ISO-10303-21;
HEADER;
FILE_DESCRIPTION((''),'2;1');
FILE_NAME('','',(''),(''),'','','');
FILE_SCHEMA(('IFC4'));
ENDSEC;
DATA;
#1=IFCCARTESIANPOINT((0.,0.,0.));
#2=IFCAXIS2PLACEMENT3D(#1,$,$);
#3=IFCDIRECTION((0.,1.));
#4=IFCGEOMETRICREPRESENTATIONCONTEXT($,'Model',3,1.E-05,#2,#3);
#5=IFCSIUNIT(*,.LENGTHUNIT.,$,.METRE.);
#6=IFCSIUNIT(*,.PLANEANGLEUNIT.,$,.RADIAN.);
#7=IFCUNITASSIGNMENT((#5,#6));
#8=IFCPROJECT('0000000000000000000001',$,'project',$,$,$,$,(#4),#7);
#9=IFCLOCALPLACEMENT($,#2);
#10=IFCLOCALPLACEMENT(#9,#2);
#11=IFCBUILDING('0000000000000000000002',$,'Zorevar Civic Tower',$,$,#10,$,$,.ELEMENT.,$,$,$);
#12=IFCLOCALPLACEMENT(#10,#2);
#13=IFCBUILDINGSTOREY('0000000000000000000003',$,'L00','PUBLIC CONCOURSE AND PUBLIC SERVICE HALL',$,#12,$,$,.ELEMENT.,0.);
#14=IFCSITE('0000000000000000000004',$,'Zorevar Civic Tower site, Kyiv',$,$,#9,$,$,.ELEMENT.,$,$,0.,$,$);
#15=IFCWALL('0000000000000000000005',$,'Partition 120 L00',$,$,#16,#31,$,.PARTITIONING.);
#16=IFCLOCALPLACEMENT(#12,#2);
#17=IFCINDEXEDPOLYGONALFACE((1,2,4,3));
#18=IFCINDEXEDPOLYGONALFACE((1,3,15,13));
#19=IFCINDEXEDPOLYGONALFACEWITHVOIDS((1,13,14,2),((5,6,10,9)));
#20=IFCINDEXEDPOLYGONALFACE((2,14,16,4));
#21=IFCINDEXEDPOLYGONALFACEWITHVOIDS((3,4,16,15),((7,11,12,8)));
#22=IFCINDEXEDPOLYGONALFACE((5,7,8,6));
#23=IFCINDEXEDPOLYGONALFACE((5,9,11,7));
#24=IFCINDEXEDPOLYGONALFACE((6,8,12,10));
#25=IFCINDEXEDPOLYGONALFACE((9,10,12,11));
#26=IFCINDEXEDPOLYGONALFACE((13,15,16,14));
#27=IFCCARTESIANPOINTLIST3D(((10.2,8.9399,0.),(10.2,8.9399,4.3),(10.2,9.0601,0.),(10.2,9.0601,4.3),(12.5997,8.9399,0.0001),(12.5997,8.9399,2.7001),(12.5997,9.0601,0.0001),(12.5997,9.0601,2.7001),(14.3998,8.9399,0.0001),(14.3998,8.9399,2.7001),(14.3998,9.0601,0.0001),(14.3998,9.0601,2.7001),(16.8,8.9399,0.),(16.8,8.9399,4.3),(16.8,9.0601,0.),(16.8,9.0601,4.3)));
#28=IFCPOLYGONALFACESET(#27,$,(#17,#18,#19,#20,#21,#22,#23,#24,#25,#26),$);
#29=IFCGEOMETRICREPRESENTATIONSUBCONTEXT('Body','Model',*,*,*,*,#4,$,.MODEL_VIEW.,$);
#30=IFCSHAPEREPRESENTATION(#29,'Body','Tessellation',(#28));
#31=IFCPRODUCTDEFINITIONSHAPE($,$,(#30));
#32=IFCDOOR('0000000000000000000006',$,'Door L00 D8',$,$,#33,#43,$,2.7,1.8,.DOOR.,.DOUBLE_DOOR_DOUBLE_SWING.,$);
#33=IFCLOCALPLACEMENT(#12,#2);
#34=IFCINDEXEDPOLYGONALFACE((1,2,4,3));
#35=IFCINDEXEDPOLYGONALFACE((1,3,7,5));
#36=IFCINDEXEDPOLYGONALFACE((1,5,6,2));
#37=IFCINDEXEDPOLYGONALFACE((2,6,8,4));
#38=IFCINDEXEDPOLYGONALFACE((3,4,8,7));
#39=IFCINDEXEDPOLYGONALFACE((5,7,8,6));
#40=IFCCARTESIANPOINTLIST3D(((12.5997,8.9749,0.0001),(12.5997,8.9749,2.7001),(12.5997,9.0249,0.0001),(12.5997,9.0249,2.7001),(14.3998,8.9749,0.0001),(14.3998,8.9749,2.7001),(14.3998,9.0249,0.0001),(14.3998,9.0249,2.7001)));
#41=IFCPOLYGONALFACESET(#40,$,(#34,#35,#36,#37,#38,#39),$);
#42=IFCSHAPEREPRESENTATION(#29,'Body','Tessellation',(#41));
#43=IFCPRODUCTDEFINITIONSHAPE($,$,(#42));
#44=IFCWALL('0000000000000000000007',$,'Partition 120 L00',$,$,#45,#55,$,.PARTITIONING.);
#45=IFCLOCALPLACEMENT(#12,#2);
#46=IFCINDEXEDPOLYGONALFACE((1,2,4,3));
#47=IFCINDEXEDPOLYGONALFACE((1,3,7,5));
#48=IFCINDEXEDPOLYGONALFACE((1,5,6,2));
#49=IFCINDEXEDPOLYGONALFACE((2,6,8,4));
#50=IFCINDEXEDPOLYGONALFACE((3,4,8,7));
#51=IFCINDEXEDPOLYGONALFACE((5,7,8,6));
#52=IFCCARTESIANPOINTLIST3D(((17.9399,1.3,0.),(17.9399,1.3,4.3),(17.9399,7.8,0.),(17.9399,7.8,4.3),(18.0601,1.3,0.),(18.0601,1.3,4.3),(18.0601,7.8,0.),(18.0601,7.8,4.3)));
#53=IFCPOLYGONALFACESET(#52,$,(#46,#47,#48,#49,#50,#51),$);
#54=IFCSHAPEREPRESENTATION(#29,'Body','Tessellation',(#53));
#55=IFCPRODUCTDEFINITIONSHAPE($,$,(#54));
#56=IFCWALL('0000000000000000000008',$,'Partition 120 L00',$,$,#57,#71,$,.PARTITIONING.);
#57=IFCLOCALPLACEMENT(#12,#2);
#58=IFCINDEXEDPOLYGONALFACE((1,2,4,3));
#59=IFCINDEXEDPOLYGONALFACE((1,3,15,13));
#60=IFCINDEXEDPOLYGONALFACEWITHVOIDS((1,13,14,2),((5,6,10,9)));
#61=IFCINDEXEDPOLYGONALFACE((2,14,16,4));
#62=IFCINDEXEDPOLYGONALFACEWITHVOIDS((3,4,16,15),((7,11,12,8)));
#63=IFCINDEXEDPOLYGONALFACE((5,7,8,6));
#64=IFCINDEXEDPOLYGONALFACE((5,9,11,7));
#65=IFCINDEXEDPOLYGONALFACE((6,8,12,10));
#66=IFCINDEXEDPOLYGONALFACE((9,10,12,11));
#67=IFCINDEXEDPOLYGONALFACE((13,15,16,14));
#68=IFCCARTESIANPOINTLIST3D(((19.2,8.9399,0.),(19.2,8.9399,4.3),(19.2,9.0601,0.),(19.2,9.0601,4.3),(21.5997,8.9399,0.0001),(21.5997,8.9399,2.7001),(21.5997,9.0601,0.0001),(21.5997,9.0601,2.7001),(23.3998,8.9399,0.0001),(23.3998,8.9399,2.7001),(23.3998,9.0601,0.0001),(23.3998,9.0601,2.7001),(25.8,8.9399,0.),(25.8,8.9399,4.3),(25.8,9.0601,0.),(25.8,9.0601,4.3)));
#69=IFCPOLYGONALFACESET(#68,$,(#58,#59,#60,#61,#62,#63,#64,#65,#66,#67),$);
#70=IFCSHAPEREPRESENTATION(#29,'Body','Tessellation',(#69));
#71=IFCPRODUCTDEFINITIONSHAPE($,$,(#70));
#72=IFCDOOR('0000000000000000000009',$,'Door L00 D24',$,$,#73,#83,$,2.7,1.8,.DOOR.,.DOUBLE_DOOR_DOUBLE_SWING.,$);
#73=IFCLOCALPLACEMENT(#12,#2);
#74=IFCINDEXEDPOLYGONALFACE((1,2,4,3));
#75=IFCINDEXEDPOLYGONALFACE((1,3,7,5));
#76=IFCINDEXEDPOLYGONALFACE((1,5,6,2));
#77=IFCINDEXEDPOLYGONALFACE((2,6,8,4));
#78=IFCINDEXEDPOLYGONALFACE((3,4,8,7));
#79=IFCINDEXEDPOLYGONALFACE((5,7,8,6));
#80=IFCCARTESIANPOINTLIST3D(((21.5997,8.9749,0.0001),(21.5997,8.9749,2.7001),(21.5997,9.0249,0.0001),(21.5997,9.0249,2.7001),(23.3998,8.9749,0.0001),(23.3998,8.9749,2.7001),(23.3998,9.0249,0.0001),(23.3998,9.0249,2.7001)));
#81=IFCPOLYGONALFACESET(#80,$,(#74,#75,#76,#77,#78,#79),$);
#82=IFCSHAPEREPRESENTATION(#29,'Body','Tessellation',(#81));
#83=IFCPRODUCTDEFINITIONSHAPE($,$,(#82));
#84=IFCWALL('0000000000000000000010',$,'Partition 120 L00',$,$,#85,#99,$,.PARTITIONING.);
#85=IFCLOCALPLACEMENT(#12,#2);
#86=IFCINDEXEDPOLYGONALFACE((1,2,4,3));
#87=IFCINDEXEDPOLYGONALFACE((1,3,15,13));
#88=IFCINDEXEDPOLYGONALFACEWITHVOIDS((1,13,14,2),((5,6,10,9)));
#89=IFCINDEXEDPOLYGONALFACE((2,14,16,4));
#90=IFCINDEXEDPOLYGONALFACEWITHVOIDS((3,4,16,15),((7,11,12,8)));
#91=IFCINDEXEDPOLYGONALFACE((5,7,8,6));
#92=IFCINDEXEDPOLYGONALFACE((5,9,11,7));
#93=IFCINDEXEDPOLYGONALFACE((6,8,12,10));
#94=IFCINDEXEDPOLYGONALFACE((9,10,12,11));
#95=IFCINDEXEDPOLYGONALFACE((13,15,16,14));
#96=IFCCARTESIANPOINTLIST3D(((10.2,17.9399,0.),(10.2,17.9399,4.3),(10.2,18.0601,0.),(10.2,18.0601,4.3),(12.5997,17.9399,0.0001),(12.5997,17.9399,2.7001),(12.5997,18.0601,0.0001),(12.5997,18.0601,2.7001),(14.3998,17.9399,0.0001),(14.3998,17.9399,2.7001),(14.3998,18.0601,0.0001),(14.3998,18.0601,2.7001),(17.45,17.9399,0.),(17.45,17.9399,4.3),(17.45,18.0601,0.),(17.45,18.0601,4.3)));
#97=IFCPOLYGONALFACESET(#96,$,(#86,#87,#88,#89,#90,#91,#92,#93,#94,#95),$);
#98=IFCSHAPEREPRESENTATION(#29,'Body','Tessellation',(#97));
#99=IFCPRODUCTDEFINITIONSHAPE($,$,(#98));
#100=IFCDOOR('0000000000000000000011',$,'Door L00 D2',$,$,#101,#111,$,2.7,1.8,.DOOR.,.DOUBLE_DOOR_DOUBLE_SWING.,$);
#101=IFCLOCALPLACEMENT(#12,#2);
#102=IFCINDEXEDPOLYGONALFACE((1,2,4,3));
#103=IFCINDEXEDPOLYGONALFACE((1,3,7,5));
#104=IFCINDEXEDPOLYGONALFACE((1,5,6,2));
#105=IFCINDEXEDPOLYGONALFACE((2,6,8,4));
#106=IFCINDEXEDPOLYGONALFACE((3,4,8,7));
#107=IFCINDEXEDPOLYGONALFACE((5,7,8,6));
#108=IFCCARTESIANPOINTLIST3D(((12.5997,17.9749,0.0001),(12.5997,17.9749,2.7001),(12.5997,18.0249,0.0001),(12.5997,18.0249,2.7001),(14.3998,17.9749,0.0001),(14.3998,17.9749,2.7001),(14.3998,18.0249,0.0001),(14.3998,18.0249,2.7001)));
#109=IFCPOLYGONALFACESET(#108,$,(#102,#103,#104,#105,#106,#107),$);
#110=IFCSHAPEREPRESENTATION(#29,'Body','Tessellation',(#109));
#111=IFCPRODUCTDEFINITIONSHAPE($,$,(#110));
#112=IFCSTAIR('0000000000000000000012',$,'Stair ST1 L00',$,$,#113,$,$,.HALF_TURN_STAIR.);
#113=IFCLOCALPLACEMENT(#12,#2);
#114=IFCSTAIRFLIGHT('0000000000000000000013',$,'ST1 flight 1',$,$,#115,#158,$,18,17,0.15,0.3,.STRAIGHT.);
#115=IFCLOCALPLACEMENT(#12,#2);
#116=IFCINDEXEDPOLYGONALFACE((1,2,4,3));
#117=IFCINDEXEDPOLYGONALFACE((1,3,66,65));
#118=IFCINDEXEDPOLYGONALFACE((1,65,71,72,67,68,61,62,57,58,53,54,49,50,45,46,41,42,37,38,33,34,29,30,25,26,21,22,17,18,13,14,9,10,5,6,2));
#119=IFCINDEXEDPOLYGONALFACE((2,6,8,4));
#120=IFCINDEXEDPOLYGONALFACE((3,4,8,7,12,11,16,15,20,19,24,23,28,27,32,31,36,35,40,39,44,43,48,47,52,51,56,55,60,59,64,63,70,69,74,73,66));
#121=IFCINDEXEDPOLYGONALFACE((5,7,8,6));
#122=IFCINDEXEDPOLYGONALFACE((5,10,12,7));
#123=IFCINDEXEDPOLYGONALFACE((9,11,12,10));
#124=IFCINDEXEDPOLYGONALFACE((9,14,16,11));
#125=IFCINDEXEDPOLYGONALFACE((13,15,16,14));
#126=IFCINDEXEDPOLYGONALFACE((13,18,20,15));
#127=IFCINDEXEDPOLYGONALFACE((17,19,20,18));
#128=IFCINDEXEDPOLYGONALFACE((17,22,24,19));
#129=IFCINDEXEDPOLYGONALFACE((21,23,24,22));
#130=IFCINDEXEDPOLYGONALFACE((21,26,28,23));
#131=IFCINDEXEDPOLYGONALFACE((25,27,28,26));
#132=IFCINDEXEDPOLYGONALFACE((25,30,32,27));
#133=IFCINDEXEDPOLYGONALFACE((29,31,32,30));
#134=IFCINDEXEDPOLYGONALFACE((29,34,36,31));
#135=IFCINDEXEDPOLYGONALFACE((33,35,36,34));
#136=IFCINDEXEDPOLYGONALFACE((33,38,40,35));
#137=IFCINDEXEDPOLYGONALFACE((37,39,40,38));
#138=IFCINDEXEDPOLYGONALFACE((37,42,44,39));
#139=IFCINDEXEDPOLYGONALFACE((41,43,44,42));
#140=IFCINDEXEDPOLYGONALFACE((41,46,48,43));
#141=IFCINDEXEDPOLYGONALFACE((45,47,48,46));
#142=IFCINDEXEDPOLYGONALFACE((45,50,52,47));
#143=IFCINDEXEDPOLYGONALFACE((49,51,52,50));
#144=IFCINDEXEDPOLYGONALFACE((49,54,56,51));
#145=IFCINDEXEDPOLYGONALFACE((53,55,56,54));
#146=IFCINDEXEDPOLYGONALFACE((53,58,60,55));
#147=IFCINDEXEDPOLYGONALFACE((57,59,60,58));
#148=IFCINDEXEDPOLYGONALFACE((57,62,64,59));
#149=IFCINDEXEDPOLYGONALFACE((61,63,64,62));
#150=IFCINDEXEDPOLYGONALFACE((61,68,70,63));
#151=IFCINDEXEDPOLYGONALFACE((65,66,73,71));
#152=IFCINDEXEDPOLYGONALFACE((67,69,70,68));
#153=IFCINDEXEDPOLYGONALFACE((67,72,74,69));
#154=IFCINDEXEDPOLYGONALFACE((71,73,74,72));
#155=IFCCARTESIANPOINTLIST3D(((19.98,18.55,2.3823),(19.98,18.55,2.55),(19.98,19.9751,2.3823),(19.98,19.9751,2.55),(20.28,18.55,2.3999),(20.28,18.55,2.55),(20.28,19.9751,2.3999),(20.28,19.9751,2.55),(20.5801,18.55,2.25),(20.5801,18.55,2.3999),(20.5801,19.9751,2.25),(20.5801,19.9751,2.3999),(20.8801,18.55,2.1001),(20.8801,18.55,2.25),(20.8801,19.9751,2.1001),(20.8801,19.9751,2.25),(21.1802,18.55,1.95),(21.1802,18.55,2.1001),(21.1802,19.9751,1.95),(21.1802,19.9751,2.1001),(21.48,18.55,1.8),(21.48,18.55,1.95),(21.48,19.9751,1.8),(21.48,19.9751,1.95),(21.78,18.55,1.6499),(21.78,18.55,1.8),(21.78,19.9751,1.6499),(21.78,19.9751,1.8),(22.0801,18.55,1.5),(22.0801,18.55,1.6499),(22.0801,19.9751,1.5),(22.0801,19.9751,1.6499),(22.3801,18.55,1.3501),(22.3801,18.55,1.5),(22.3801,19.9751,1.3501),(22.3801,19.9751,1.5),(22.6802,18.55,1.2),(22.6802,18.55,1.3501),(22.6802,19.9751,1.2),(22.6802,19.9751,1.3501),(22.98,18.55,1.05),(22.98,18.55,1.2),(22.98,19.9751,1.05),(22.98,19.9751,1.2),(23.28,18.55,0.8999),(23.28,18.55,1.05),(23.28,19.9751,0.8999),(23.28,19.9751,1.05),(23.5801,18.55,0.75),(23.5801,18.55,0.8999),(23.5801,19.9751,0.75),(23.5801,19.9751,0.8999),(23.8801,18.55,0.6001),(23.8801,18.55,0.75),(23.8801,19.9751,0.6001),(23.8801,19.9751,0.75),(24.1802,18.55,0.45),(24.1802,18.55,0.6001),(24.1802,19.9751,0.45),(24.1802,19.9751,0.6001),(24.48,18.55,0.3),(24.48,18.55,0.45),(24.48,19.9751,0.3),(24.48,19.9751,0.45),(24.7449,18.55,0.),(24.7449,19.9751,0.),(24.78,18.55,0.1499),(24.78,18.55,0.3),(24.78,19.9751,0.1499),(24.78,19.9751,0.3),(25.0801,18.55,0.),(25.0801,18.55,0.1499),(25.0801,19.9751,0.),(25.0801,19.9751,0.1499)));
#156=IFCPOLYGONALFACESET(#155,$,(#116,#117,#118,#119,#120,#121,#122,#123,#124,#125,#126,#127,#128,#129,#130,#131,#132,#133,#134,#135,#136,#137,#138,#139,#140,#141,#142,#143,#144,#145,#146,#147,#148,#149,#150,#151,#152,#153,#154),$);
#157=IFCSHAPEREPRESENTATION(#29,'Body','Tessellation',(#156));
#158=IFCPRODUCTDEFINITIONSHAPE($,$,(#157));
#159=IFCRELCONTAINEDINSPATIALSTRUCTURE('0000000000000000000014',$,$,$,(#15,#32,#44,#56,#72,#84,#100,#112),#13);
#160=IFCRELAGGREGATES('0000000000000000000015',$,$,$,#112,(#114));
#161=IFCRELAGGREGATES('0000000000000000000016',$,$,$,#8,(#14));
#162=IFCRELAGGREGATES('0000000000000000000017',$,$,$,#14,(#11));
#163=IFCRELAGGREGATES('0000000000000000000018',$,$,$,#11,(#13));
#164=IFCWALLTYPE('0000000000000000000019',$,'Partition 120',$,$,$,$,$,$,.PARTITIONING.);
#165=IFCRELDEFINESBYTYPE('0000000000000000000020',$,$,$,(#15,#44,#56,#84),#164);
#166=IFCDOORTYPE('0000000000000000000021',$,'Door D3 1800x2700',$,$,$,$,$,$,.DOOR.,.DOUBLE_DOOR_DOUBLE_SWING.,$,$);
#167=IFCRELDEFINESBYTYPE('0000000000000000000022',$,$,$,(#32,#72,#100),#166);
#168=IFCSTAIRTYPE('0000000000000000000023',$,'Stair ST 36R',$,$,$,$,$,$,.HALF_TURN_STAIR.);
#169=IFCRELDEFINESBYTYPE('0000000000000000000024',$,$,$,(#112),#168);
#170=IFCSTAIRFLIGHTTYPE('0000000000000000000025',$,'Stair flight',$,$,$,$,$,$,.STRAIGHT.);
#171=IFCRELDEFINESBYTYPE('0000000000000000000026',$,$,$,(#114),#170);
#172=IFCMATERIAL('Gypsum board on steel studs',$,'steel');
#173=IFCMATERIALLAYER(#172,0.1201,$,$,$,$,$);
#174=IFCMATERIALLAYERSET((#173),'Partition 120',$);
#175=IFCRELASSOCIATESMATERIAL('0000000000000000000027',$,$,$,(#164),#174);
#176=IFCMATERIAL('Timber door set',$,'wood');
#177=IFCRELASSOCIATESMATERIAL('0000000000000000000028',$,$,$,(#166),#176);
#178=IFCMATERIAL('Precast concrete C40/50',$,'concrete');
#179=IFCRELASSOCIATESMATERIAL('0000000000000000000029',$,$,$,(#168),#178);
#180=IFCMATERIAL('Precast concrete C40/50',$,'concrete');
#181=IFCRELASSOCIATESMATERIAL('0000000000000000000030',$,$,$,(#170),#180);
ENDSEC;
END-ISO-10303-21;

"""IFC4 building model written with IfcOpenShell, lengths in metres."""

from ifc_helpers import new_model, si_unit, direction, frame, frame_2d, origin, place, context, subcontext, project, spatial, polyline, rectangle, outline, extrude, material, layer, layer_set, type_object, element, fill, aggregate, save


model = new_model("IFC4")

# Units and contexts
model_context = context("Model", 3, precision=1e-05, world=origin(), true_north=direction((0.0, 1.0)))
body_context = subcontext(model_context, "Body", "Model", "MODEL_VIEW")
ifc_project = project(units=[si_unit("LENGTHUNIT", "METRE"), si_unit("PLANEANGLEUNIT", "RADIAN")], contexts=[model_context])

# Site, building, storey
site_placement = place(None, origin())
site = spatial("IfcSite", under=ifc_project, at=site_placement, Name="Zorevar Civic Tower site, Kyiv", CompositionType="ELEMENT", RefElevation=0.0)
building_placement = place(site_placement, origin())
building = spatial("IfcBuilding", under=site, at=building_placement, Name="Zorevar Civic Tower", CompositionType="ELEMENT")
storey_placement = place(building_placement, origin())
storey = spatial("IfcBuildingStorey", under=building, at=storey_placement, Name="L00", Description="PUBLIC CONCOURSE AND PUBLIC SERVICE HALL", CompositionType="ELEMENT", Elevation=0.0)

# Wall, opening, door
ifc_material_1 = material(Name="Gypsum board on steel studs", Category="steel")
ifc_layer_1 = layer(ifc_material_1, 0.1201)
ifc_layer_set_1 = layer_set([ifc_layer_1], Name="Partition 120")
wall_type_1 = type_object("IfcWallType", Name="Partition 120", PredefinedType="PARTITIONING", material=ifc_layer_set_1)
wall_1_placement = place(storey_placement, frame((10.2, 9.0, 0.0), z_axis=(0.0, 0.0, 1.0), x_axis=(1.0, 0.0, 0.0)))
wall_1 = element("IfcWall", 1, at=wall_1_placement, inside=storey, type_object=wall_type_1, Name="Partition 120 L00", PredefinedType="PARTITIONING", context=body_context, shape_type="SweptSolid", body=[
    extrude(rectangle(XDim=6.6001, YDim=0.1201, at=frame_2d((3.3, 0.0))), origin(), (0.0, 0.0, 1.0), 4.3),
])
opening_1_placement = place(wall_1_placement, frame((2.3999, 0.0, 0.0)))
opening_1 = element("IfcOpeningElement", 2, at=opening_1_placement, cuts=wall_1, PredefinedType="OPENING", context=body_context, shape_type="SweptSolid", body=[
    extrude(rectangle(XDim=1.8, YDim=2.7, at=frame_2d((0.8999, 1.3501))), frame((0.0, 0.0701, 0.0), z_axis=(0.0, -1.0, 0.0), x_axis=(1.0, 0.0, 0.0)), (0.0, 0.0, 1.0), 0.1401),
])
ifc_material_2 = material(Name="Timber door set", Category="wood")
door_type_1 = type_object("IfcDoorType", Name="Door D3 1800x2700", OperationType="DOUBLE_DOOR_DOUBLE_SWING", PredefinedType="DOOR", material=ifc_material_2)
door_1_placement = place(opening_1_placement, origin())
door_1 = element("IfcDoor", 3, at=door_1_placement, inside=storey, type_object=door_type_1, Name="Door L00 D8", OperationType="DOUBLE_DOOR_DOUBLE_SWING", OverallHeight=2.7, OverallWidth=1.8, PredefinedType="DOOR", context=body_context, shape_type="SweptSolid", body=[
    extrude(rectangle(XDim=1.8, YDim=2.7, at=frame_2d((0.8999, 1.3501))), frame((0.0, 0.0249, 0.0), z_axis=(0.0, -1.0, 0.0), x_axis=(1.0, 0.0, 0.0)), (0.0, 0.0, 1.0), 0.05),
])
fill(opening_1, door_1)

# Wall
wall_2_placement = place(storey_placement, frame((18.0, 1.3, 0.0), z_axis=(0.0, 0.0, 1.0), x_axis=(0.0, 1.0, 0.0)))
element("IfcWall", 4, at=wall_2_placement, inside=storey, type_object=wall_type_1, Name="Partition 120 L00", PredefinedType="PARTITIONING", context=body_context, shape_type="SweptSolid", body=[
    extrude(rectangle(XDim=6.5, YDim=0.1201, at=frame_2d((3.25, 0.0))), origin(), (0.0, 0.0, 1.0), 4.3),
])

# Walls, openings, doors
wall_3_placement = place(storey_placement, frame((19.2, 9.0, 0.0), z_axis=(0.0, 0.0, 1.0), x_axis=(1.0, 0.0, 0.0)))
wall_3 = element("IfcWall", 5, at=wall_3_placement, inside=storey, type_object=wall_type_1, Name="Partition 120 L00", PredefinedType="PARTITIONING", context=body_context, shape_type="SweptSolid", body=[
    extrude(rectangle(XDim=6.6001, YDim=0.1201, at=frame_2d((3.3, 0.0))), origin(), (0.0, 0.0, 1.0), 4.3),
])
opening_2_placement = place(wall_3_placement, frame((2.3999, 0.0, 0.0)))
opening_2 = element("IfcOpeningElement", 6, at=opening_2_placement, cuts=wall_3, PredefinedType="OPENING", context=body_context, shape_type="SweptSolid", body=[
    extrude(rectangle(XDim=1.8, YDim=2.7, at=frame_2d((0.8999, 1.3501))), frame((0.0, 0.0701, 0.0), z_axis=(0.0, -1.0, 0.0), x_axis=(1.0, 0.0, 0.0)), (0.0, 0.0, 1.0), 0.1401),
])
door_2_placement = place(opening_2_placement, origin())
door_2 = element("IfcDoor", 7, at=door_2_placement, inside=storey, type_object=door_type_1, Name="Door L00 D24", OperationType="DOUBLE_DOOR_DOUBLE_SWING", OverallHeight=2.7, OverallWidth=1.8, PredefinedType="DOOR", context=body_context, shape_type="SweptSolid", body=[
    extrude(rectangle(XDim=1.8, YDim=2.7, at=frame_2d((0.8999, 1.3501))), frame((0.0, 0.0249, 0.0), z_axis=(0.0, -1.0, 0.0), x_axis=(1.0, 0.0, 0.0)), (0.0, 0.0, 1.0), 0.05),
])
fill(opening_2, door_2)
wall_4_placement = place(storey_placement, frame((10.2, 18.0, 0.0), z_axis=(0.0, 0.0, 1.0), x_axis=(1.0, 0.0, 0.0)))
wall_4 = element("IfcWall", 8, at=wall_4_placement, inside=storey, type_object=wall_type_1, Name="Partition 120 L00", PredefinedType="PARTITIONING", context=body_context, shape_type="SweptSolid", body=[
    extrude(rectangle(XDim=7.25, YDim=0.1201, at=frame_2d((3.625, 0.0))), origin(), (0.0, 0.0, 1.0), 4.3),
])
opening_3_placement = place(wall_4_placement, frame((2.3999, 0.0, 0.0)))
opening_3 = element("IfcOpeningElement", 9, at=opening_3_placement, cuts=wall_4, PredefinedType="OPENING", context=body_context, shape_type="SweptSolid", body=[
    extrude(rectangle(XDim=1.8, YDim=2.7, at=frame_2d((0.8999, 1.3501))), frame((0.0, 0.0701, 0.0), z_axis=(0.0, -1.0, 0.0), x_axis=(1.0, 0.0, 0.0)), (0.0, 0.0, 1.0), 0.1401),
])
door_3_placement = place(opening_3_placement, origin())
door_3 = element("IfcDoor", 10, at=door_3_placement, inside=storey, type_object=door_type_1, Name="Door L00 D2", OperationType="DOUBLE_DOOR_DOUBLE_SWING", OverallHeight=2.7, OverallWidth=1.8, PredefinedType="DOOR", context=body_context, shape_type="SweptSolid", body=[
    extrude(rectangle(XDim=1.8, YDim=2.7, at=frame_2d((0.8999, 1.3501))), frame((0.0, 0.0249, 0.0), z_axis=(0.0, -1.0, 0.0), x_axis=(1.0, 0.0, 0.0)), (0.0, 0.0, 1.0), 0.05),
])
fill(opening_3, door_3)

# Stair, stair flight
ifc_material_3 = material(Name="Precast concrete C40/50", Category="concrete")
stair_type = type_object("IfcStairType", Name="Stair ST 36R", PredefinedType="HALF_TURN_STAIR", material=ifc_material_3)
stair_placement = place(storey_placement, origin())
stair = element("IfcStair", 11, at=stair_placement, inside=storey, type_object=stair_type, Name="Stair ST1 L00", PredefinedType="HALF_TURN_STAIR")
ifc_material_4 = material(Name="Precast concrete C40/50", Category="concrete")
stair_flight_type = type_object("IfcStairFlightType", Name="Stair flight", PredefinedType="STRAIGHT", material=ifc_material_4)
stair_flight_placement = place(storey_placement, frame((25.0801, 19.2625, 0.0), z_axis=(0.0, 0.0, 1.0), x_axis=(-1.0, 0.0, 0.0)))
stair_flight = element("IfcStairFlight", 12, at=stair_flight_placement, type_object=stair_flight_type, Name="ST1 flight 1", NumberOfRisers=18, NumberOfTreads=17, PredefinedType="STRAIGHT", RiserHeight=0.15, TreadLength=0.3, context=body_context, shape_type="SweptSolid", body=[
    extrude(outline(polyline([(0.0, 0.0), (0.0, 0.1499), (0.3, 0.1499), (0.3, 0.3), (0.6001, 0.3), (0.6001, 0.45), (0.8999, 0.45), (0.8999, 0.6001), (1.2, 0.6001), (1.2, 0.75), (1.5, 0.75), (1.5, 0.8999), (1.8, 0.8999), (1.8, 1.05), (2.1001, 1.05), (2.1001, 1.2), (2.3999, 1.2), (2.3999, 1.3501), (2.7, 1.3501), (2.7, 1.5), (3.0, 1.5), (3.0, 1.6499), (3.3, 1.6499), (3.3, 1.8), (3.6001, 1.8), (3.6001, 1.95), (3.8999, 1.95), (3.8999, 2.1001), (4.2, 2.1001), (4.2, 2.25), (4.5, 2.25), (4.5, 2.3999), (4.8, 2.3999), (4.8, 2.55), (5.1001, 2.55), (5.1001, 2.7), (5.1001, 2.3823), (0.3352, 0.0), (0.0, 0.0)])), frame((0.0, 0.7124, 0.0), z_axis=(0.0, -1.0, 0.0), x_axis=(1.0, 0.0, 0.0)), (0.0, 0.0, 1.0), 1.425),
])
aggregate(stair, [stair_flight])

save(model, "model.ifc")
